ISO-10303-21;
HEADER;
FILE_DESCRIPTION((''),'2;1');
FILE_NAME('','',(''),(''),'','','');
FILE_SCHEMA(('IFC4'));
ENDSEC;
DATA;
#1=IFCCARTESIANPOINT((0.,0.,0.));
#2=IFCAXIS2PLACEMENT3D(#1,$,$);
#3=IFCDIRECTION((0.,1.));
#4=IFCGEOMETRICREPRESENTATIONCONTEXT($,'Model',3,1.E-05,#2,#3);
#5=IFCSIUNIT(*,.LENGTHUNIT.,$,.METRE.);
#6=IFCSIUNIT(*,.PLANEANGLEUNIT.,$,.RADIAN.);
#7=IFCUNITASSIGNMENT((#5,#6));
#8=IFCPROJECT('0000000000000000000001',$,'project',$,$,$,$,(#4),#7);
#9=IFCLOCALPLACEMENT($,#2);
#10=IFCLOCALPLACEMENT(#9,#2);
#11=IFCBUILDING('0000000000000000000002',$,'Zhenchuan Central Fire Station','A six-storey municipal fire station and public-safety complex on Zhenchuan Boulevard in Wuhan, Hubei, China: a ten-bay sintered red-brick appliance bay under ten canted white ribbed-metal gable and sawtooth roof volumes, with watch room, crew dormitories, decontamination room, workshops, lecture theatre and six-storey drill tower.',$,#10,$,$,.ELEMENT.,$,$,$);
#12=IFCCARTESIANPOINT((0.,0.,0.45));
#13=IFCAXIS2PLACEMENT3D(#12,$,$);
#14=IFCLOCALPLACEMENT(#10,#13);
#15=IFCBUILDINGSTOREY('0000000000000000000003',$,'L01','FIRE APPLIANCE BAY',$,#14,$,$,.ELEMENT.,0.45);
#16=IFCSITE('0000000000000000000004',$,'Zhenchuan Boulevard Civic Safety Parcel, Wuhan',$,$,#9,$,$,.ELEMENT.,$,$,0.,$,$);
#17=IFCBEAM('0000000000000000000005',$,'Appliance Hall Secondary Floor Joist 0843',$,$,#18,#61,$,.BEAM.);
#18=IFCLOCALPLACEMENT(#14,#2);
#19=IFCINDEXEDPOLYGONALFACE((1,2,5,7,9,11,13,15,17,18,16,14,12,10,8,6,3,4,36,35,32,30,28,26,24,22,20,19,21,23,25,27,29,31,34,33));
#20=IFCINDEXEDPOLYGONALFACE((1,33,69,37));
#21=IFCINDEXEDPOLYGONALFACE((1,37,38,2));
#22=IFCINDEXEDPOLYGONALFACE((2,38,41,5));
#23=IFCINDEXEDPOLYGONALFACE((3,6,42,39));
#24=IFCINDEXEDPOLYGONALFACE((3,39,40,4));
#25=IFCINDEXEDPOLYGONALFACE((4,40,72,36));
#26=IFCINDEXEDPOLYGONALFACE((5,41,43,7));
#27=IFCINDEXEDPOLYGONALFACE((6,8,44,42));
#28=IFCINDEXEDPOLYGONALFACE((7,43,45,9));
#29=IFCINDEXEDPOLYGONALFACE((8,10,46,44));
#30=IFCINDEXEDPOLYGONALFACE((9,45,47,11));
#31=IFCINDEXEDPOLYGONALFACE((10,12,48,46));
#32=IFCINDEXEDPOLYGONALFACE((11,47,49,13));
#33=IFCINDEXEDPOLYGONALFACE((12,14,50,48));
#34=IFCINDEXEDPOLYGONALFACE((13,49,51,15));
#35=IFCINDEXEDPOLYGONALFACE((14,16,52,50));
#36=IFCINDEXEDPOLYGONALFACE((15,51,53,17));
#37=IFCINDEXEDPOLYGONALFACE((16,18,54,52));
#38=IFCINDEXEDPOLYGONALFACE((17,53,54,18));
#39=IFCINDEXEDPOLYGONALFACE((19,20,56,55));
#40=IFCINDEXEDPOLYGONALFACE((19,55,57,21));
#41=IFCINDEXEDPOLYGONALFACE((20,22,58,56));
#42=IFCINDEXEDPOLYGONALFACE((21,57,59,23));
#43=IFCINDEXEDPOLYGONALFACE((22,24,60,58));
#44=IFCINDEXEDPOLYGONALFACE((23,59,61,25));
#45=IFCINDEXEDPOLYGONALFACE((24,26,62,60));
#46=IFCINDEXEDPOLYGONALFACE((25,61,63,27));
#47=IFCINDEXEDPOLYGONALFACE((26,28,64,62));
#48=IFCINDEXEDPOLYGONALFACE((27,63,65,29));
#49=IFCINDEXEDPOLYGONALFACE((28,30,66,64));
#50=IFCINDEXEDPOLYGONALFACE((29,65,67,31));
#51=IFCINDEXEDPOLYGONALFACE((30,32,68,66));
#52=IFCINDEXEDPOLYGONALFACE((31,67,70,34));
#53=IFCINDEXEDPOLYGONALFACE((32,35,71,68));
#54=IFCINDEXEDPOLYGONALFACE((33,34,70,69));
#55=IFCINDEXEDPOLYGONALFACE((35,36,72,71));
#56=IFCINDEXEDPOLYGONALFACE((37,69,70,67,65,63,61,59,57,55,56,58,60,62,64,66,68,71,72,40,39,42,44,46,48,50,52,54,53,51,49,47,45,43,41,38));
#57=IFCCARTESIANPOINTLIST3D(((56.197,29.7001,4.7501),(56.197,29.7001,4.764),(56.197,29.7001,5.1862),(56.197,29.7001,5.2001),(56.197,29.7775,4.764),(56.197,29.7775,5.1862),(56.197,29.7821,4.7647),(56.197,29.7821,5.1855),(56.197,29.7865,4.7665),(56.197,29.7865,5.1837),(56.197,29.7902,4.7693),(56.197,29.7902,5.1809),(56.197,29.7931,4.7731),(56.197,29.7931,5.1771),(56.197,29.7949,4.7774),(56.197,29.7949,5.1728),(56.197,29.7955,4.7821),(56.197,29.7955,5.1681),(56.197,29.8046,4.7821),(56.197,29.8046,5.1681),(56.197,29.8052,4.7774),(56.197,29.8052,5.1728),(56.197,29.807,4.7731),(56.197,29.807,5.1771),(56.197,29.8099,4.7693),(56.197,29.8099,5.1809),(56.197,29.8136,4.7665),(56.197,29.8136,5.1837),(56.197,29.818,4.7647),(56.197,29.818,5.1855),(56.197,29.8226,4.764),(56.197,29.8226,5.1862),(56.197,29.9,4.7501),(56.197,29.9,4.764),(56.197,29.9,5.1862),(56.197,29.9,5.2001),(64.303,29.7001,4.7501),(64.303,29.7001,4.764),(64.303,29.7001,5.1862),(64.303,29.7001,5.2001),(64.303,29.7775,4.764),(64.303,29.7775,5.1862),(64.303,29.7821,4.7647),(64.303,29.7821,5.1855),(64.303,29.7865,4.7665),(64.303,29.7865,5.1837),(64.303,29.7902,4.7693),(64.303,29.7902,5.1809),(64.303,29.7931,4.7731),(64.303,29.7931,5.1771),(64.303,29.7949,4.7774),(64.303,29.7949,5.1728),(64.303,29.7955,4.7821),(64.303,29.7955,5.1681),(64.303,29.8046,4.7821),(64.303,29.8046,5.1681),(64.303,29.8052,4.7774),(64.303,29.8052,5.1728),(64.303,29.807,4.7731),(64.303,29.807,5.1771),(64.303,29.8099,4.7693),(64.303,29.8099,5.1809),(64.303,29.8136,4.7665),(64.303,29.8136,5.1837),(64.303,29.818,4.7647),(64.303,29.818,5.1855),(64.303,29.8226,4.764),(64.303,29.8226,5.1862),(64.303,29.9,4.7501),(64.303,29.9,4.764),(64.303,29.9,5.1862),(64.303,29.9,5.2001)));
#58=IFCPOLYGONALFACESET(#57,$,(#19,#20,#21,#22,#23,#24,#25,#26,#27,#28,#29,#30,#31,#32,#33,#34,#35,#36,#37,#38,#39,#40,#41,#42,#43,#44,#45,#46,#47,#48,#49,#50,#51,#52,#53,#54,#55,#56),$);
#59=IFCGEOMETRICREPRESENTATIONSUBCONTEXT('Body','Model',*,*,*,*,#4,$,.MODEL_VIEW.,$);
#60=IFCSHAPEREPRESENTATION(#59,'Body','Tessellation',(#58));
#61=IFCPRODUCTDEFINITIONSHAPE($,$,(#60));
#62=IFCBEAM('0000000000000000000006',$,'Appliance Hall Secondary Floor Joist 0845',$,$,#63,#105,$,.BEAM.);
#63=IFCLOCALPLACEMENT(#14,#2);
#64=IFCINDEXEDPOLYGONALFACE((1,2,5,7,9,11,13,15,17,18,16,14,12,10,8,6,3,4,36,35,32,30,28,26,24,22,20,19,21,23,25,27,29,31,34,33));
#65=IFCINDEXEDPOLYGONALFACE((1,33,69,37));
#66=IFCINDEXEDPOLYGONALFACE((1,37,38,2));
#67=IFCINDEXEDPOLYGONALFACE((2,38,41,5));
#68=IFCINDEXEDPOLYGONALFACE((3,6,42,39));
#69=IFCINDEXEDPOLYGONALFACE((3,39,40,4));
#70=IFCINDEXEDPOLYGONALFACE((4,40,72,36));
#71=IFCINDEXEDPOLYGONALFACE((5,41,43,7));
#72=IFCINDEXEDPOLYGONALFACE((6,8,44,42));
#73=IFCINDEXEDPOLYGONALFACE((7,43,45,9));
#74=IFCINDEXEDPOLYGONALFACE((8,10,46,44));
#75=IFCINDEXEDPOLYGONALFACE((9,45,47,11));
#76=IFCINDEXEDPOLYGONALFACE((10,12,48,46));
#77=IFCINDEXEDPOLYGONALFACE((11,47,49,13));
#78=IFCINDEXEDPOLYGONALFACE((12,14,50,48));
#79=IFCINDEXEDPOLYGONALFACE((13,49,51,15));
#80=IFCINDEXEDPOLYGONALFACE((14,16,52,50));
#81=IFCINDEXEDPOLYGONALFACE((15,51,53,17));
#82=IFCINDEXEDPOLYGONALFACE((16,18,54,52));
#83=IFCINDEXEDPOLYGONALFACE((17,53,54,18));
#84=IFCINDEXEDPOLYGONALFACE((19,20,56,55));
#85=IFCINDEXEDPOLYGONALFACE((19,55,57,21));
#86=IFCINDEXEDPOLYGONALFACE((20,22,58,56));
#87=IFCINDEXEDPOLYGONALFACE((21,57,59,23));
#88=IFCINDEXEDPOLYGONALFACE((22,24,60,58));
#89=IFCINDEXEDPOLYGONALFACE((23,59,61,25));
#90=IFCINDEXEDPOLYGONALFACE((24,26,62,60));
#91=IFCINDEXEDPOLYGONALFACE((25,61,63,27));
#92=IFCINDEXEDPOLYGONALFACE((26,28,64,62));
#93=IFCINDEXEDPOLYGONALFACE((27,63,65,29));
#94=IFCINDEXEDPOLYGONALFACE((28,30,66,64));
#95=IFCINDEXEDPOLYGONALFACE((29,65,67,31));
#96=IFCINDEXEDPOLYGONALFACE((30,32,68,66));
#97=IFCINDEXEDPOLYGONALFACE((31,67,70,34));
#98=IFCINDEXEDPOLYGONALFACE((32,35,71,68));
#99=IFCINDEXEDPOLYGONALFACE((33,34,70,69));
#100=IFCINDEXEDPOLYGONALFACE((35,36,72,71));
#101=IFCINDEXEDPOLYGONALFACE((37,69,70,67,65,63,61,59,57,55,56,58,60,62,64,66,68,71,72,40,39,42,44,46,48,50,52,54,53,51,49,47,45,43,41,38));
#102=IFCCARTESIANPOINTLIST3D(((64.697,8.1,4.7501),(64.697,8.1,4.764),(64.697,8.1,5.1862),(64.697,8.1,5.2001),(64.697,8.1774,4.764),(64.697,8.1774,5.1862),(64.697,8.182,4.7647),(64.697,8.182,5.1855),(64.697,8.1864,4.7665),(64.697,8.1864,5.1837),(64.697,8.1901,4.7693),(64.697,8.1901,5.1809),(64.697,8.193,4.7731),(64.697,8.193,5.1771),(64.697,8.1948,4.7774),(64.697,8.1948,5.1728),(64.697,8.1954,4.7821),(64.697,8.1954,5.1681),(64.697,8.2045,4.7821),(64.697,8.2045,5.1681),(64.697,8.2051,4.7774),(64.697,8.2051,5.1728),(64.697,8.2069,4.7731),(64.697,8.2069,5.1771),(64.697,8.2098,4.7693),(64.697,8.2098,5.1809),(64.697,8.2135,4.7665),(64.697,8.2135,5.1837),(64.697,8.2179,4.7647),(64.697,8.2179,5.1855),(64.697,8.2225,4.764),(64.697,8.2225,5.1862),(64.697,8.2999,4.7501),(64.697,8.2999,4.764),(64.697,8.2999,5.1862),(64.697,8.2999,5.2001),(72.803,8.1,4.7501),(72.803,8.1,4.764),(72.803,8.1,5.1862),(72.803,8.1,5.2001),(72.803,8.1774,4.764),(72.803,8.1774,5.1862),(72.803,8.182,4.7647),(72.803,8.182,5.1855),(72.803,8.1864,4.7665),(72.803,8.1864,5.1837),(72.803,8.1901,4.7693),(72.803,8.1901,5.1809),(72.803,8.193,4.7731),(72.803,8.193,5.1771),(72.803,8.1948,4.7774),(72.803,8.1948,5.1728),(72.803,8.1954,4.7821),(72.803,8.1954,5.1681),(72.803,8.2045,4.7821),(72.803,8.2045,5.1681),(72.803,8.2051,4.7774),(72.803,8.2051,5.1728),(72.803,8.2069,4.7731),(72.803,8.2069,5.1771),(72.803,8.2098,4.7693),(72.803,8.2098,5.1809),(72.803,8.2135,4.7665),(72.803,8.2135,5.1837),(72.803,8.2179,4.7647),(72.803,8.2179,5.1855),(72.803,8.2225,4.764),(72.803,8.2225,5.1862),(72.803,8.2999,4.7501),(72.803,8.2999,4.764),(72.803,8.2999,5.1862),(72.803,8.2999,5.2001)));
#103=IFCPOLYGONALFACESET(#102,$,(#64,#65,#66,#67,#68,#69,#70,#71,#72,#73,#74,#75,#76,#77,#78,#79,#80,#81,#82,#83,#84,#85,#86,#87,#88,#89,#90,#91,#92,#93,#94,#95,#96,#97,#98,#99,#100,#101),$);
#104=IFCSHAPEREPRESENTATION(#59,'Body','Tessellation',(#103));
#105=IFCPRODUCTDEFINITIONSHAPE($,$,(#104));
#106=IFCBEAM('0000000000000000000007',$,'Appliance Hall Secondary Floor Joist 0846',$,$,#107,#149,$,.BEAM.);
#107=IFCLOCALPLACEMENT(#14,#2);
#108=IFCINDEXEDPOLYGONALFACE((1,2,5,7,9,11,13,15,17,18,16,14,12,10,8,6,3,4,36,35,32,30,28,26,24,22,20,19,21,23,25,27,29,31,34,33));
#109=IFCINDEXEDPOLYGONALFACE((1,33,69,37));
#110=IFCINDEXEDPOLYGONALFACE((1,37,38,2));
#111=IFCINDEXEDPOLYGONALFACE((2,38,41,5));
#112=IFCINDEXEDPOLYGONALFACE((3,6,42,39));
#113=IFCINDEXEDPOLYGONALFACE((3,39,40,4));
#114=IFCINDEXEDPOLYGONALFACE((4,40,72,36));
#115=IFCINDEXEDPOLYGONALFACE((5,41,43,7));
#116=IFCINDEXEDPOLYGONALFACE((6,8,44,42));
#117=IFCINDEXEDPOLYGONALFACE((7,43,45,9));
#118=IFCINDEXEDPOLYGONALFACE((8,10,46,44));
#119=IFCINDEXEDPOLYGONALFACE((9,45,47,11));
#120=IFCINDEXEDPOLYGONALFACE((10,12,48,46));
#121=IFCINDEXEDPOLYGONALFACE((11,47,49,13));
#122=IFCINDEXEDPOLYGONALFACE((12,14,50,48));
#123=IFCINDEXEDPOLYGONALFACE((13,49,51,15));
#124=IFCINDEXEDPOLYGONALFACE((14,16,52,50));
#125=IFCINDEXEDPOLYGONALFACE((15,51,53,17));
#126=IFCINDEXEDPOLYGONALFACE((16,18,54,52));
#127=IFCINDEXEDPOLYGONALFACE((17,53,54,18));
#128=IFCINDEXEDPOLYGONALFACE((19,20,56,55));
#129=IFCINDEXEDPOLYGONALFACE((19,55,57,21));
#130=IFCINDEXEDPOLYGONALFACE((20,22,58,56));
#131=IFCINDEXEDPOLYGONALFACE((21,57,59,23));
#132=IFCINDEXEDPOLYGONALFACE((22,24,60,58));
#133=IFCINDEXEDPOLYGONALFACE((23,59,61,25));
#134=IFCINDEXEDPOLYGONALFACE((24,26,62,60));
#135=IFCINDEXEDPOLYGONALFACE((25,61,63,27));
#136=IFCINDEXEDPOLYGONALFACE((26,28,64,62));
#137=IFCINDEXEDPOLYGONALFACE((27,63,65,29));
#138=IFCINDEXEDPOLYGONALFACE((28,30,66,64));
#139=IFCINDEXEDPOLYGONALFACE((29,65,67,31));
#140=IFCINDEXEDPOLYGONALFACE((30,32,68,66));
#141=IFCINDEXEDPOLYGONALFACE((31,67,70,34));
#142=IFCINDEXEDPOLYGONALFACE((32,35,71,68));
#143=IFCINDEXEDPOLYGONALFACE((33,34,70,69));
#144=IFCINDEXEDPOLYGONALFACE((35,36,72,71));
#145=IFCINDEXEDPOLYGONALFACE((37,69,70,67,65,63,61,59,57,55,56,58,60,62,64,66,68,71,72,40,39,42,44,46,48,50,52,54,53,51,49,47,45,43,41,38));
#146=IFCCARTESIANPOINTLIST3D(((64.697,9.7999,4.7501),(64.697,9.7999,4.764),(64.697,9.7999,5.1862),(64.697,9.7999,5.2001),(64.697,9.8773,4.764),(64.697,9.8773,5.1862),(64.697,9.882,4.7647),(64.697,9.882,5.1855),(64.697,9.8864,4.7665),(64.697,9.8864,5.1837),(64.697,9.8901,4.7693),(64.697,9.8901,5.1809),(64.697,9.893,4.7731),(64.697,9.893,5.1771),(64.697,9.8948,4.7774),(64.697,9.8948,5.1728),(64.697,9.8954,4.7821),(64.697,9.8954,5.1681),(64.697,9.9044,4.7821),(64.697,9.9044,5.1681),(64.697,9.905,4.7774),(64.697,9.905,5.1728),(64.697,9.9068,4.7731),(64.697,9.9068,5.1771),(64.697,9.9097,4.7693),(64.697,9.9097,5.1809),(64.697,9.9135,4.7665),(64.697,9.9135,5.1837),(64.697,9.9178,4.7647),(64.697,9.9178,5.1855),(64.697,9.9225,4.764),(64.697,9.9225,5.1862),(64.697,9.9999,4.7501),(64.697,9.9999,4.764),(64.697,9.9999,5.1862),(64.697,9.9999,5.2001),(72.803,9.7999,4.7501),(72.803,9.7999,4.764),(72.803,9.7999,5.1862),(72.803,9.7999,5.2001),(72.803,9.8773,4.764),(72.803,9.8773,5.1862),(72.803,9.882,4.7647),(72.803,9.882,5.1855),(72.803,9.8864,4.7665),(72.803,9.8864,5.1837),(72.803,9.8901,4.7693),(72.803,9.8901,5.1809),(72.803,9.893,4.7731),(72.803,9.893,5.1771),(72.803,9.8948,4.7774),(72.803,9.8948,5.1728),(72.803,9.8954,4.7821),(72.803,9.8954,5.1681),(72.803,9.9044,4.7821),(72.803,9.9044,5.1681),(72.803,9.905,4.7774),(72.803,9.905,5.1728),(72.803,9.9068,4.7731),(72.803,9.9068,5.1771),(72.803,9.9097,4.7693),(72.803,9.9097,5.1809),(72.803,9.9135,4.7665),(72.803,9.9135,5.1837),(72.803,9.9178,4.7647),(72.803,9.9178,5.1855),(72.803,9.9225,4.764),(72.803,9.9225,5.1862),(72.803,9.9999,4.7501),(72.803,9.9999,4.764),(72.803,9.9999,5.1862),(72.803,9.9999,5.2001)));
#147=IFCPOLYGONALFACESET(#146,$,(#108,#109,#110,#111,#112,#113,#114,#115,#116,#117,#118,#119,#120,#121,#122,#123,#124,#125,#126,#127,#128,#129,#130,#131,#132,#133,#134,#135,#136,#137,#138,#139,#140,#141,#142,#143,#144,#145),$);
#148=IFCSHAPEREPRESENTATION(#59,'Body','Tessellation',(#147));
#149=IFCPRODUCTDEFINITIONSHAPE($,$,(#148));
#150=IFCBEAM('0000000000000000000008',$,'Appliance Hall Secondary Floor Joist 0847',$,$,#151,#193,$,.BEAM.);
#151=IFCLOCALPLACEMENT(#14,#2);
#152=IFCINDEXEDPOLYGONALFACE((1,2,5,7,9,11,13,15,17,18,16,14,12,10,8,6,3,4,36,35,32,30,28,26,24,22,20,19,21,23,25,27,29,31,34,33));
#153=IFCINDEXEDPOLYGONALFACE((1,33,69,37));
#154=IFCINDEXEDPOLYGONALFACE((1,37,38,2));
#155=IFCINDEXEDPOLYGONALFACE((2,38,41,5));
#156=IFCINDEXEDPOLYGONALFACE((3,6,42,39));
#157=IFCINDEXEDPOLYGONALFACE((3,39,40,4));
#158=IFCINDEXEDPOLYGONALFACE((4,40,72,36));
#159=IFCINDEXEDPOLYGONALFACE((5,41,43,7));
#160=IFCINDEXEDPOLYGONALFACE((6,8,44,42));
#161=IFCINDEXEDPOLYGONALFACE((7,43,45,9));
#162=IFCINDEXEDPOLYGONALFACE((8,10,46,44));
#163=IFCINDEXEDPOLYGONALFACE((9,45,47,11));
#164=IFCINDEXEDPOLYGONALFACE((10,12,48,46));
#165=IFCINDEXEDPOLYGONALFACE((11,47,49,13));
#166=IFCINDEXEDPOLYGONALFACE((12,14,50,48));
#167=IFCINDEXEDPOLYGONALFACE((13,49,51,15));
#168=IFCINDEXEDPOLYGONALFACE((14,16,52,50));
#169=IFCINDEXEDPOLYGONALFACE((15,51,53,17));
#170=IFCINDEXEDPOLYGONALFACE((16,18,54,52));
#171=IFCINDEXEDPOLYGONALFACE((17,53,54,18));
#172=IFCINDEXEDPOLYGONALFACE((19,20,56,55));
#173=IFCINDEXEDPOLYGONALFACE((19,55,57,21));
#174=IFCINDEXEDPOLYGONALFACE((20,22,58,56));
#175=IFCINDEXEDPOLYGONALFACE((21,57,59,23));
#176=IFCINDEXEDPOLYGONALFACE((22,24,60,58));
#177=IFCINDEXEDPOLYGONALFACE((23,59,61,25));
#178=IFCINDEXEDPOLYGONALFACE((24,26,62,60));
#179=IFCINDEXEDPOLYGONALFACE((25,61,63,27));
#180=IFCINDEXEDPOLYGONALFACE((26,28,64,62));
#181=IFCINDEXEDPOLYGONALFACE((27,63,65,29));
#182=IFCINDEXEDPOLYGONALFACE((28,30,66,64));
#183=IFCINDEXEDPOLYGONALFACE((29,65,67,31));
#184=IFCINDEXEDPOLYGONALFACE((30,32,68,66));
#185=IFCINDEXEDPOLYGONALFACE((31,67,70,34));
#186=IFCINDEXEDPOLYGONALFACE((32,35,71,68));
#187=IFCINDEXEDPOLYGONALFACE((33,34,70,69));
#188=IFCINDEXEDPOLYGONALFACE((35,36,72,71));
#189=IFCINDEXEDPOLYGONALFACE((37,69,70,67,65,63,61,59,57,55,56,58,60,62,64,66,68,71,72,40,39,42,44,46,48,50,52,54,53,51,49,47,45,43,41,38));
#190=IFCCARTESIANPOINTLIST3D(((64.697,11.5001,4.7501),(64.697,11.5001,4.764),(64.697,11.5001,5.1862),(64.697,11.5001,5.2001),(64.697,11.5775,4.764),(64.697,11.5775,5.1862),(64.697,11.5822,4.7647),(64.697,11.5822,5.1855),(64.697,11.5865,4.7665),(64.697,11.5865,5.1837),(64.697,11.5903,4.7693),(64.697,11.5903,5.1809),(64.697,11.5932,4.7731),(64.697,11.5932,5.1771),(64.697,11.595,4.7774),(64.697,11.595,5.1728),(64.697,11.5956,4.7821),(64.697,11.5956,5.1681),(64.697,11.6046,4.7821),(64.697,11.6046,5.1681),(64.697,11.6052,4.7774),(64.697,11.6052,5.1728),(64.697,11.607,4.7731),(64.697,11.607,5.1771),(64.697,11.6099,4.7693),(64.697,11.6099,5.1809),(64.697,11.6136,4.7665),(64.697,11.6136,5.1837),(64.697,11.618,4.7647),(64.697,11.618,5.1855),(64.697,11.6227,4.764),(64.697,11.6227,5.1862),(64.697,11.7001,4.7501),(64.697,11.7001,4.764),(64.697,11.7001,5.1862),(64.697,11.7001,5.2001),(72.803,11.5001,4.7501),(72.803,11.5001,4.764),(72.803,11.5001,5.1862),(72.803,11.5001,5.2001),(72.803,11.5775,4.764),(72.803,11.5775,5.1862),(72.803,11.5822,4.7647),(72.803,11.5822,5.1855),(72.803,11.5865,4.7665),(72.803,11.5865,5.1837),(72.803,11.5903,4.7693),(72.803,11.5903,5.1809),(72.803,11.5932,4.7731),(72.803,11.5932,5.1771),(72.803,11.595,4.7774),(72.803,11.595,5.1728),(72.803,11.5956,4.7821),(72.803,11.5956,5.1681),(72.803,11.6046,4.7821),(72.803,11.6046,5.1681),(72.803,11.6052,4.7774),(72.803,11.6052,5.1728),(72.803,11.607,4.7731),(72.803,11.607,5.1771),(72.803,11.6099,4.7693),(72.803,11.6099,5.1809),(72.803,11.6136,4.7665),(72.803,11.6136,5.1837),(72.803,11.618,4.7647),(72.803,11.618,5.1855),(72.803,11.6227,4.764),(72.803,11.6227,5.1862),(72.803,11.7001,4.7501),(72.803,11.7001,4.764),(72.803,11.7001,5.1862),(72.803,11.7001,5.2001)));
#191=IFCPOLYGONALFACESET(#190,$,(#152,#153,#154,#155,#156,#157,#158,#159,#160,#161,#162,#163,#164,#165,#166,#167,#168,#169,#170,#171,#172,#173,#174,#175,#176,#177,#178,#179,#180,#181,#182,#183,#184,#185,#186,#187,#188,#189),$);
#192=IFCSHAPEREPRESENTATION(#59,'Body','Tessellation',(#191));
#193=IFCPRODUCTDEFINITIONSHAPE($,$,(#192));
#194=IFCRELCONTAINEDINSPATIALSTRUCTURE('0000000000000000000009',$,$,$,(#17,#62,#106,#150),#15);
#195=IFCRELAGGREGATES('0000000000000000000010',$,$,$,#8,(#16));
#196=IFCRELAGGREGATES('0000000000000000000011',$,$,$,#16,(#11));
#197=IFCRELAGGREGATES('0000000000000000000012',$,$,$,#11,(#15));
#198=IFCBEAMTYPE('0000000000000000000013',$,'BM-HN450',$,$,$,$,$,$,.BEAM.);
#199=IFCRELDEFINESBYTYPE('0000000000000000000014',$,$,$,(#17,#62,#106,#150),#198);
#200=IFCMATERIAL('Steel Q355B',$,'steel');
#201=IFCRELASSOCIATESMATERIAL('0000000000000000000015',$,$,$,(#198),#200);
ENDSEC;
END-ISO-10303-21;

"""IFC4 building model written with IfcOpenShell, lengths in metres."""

from ifc_helpers import new_model, si_unit, direction, frame, origin, origin_2d, place, context, subcontext, project, spatial, i_section, extrude, material, material_profile, profile_set, type_object, element, save


model = new_model("IFC4")

# Units and contexts
model_context = context("Model", 3, precision=1e-05, world=origin(), true_north=direction((0.0, 1.0)))
body_context = subcontext(model_context, "Body", "Model", "MODEL_VIEW")
ifc_project = project(units=[si_unit("LENGTHUNIT", "METRE"), si_unit("PLANEANGLEUNIT", "RADIAN")], contexts=[model_context])

# Site, building, storey
site_placement = place(None, origin())
site = spatial("IfcSite", under=ifc_project, at=site_placement, Name="Zhenchuan Boulevard Civic Safety Parcel, Wuhan", CompositionType="ELEMENT", RefElevation=0.0)
building_placement = place(site_placement, origin())
building = spatial("IfcBuilding", under=site, at=building_placement, Name="Zhenchuan Central Fire Station", Description="A six-storey municipal fire station and public-safety complex on Zhenchuan Boulevard in Wuhan, Hubei, China: a ten-bay sintered red-brick appliance bay under ten canted white ribbed-metal gable and sawtooth roof volumes, with watch room, crew dormitories, decontamination room, workshops, lecture theatre and six-storey drill tower.", CompositionType="ELEMENT")
storey_placement = place(building_placement, frame((0.0, 0.0, 0.45)))
storey = spatial("IfcBuildingStorey", under=building, at=storey_placement, Name="L01", Description="FIRE APPLIANCE BAY", CompositionType="ELEMENT", Elevation=0.45)

# Beams
ifc_material_1 = material(Name="Steel Q355B", Category="steel")
ifc_material_profile_1 = material_profile(ifc_material_1, i_section(OverallWidth=0.2, OverallDepth=0.45, WebThickness=0.009, FlangeThickness=0.0139, FilletRadius=0.0181, at=origin_2d()), Name="HN 450x200")
ifc_profile_set_1 = profile_set([ifc_material_profile_1], Name="Steel Q355B")
beam_type_1 = type_object("IfcBeamType", Name="BM-HN450", PredefinedType="BEAM", material=ifc_profile_set_1)
for number, where, z_axis, x_axis, name in (
    (1, (56.197, 29.8, 4.9751), (1.0, 0.0, 0.0), (0.0, 1.0, 0.0), "Appliance Hall Secondary Floor Joist 0843"),
    (2, (64.697, 8.2, 4.9751), (1.0, 0.0, 0.0), (0.0, 1.0, 0.0), "Appliance Hall Secondary Floor Joist 0845"),
    (3, (64.697, 9.8999, 4.9751), (1.0, 0.0, 0.0), (0.0, 1.0, 0.0), "Appliance Hall Secondary Floor Joist 0846"),
    (4, (64.697, 11.6001, 4.9751), (1.0, 0.0, 0.0), (0.0, 1.0, 0.0), "Appliance Hall Secondary Floor Joist 0847"),
):
    element("IfcBeam", number, at=place(storey_placement, frame(where, z_axis=z_axis, x_axis=x_axis)), inside=storey, type_object=beam_type_1, Name=name, PredefinedType="BEAM", context=body_context, shape_type="SweptSolid", body=[
        extrude(i_section(OverallWidth=0.2, OverallDepth=0.45, WebThickness=0.009, FlangeThickness=0.0139, FilletRadius=0.0181, at=origin_2d()), origin(), (0.0, 0.0, 1.0), 8.106),
    ])

save(model, "model.ifc")
